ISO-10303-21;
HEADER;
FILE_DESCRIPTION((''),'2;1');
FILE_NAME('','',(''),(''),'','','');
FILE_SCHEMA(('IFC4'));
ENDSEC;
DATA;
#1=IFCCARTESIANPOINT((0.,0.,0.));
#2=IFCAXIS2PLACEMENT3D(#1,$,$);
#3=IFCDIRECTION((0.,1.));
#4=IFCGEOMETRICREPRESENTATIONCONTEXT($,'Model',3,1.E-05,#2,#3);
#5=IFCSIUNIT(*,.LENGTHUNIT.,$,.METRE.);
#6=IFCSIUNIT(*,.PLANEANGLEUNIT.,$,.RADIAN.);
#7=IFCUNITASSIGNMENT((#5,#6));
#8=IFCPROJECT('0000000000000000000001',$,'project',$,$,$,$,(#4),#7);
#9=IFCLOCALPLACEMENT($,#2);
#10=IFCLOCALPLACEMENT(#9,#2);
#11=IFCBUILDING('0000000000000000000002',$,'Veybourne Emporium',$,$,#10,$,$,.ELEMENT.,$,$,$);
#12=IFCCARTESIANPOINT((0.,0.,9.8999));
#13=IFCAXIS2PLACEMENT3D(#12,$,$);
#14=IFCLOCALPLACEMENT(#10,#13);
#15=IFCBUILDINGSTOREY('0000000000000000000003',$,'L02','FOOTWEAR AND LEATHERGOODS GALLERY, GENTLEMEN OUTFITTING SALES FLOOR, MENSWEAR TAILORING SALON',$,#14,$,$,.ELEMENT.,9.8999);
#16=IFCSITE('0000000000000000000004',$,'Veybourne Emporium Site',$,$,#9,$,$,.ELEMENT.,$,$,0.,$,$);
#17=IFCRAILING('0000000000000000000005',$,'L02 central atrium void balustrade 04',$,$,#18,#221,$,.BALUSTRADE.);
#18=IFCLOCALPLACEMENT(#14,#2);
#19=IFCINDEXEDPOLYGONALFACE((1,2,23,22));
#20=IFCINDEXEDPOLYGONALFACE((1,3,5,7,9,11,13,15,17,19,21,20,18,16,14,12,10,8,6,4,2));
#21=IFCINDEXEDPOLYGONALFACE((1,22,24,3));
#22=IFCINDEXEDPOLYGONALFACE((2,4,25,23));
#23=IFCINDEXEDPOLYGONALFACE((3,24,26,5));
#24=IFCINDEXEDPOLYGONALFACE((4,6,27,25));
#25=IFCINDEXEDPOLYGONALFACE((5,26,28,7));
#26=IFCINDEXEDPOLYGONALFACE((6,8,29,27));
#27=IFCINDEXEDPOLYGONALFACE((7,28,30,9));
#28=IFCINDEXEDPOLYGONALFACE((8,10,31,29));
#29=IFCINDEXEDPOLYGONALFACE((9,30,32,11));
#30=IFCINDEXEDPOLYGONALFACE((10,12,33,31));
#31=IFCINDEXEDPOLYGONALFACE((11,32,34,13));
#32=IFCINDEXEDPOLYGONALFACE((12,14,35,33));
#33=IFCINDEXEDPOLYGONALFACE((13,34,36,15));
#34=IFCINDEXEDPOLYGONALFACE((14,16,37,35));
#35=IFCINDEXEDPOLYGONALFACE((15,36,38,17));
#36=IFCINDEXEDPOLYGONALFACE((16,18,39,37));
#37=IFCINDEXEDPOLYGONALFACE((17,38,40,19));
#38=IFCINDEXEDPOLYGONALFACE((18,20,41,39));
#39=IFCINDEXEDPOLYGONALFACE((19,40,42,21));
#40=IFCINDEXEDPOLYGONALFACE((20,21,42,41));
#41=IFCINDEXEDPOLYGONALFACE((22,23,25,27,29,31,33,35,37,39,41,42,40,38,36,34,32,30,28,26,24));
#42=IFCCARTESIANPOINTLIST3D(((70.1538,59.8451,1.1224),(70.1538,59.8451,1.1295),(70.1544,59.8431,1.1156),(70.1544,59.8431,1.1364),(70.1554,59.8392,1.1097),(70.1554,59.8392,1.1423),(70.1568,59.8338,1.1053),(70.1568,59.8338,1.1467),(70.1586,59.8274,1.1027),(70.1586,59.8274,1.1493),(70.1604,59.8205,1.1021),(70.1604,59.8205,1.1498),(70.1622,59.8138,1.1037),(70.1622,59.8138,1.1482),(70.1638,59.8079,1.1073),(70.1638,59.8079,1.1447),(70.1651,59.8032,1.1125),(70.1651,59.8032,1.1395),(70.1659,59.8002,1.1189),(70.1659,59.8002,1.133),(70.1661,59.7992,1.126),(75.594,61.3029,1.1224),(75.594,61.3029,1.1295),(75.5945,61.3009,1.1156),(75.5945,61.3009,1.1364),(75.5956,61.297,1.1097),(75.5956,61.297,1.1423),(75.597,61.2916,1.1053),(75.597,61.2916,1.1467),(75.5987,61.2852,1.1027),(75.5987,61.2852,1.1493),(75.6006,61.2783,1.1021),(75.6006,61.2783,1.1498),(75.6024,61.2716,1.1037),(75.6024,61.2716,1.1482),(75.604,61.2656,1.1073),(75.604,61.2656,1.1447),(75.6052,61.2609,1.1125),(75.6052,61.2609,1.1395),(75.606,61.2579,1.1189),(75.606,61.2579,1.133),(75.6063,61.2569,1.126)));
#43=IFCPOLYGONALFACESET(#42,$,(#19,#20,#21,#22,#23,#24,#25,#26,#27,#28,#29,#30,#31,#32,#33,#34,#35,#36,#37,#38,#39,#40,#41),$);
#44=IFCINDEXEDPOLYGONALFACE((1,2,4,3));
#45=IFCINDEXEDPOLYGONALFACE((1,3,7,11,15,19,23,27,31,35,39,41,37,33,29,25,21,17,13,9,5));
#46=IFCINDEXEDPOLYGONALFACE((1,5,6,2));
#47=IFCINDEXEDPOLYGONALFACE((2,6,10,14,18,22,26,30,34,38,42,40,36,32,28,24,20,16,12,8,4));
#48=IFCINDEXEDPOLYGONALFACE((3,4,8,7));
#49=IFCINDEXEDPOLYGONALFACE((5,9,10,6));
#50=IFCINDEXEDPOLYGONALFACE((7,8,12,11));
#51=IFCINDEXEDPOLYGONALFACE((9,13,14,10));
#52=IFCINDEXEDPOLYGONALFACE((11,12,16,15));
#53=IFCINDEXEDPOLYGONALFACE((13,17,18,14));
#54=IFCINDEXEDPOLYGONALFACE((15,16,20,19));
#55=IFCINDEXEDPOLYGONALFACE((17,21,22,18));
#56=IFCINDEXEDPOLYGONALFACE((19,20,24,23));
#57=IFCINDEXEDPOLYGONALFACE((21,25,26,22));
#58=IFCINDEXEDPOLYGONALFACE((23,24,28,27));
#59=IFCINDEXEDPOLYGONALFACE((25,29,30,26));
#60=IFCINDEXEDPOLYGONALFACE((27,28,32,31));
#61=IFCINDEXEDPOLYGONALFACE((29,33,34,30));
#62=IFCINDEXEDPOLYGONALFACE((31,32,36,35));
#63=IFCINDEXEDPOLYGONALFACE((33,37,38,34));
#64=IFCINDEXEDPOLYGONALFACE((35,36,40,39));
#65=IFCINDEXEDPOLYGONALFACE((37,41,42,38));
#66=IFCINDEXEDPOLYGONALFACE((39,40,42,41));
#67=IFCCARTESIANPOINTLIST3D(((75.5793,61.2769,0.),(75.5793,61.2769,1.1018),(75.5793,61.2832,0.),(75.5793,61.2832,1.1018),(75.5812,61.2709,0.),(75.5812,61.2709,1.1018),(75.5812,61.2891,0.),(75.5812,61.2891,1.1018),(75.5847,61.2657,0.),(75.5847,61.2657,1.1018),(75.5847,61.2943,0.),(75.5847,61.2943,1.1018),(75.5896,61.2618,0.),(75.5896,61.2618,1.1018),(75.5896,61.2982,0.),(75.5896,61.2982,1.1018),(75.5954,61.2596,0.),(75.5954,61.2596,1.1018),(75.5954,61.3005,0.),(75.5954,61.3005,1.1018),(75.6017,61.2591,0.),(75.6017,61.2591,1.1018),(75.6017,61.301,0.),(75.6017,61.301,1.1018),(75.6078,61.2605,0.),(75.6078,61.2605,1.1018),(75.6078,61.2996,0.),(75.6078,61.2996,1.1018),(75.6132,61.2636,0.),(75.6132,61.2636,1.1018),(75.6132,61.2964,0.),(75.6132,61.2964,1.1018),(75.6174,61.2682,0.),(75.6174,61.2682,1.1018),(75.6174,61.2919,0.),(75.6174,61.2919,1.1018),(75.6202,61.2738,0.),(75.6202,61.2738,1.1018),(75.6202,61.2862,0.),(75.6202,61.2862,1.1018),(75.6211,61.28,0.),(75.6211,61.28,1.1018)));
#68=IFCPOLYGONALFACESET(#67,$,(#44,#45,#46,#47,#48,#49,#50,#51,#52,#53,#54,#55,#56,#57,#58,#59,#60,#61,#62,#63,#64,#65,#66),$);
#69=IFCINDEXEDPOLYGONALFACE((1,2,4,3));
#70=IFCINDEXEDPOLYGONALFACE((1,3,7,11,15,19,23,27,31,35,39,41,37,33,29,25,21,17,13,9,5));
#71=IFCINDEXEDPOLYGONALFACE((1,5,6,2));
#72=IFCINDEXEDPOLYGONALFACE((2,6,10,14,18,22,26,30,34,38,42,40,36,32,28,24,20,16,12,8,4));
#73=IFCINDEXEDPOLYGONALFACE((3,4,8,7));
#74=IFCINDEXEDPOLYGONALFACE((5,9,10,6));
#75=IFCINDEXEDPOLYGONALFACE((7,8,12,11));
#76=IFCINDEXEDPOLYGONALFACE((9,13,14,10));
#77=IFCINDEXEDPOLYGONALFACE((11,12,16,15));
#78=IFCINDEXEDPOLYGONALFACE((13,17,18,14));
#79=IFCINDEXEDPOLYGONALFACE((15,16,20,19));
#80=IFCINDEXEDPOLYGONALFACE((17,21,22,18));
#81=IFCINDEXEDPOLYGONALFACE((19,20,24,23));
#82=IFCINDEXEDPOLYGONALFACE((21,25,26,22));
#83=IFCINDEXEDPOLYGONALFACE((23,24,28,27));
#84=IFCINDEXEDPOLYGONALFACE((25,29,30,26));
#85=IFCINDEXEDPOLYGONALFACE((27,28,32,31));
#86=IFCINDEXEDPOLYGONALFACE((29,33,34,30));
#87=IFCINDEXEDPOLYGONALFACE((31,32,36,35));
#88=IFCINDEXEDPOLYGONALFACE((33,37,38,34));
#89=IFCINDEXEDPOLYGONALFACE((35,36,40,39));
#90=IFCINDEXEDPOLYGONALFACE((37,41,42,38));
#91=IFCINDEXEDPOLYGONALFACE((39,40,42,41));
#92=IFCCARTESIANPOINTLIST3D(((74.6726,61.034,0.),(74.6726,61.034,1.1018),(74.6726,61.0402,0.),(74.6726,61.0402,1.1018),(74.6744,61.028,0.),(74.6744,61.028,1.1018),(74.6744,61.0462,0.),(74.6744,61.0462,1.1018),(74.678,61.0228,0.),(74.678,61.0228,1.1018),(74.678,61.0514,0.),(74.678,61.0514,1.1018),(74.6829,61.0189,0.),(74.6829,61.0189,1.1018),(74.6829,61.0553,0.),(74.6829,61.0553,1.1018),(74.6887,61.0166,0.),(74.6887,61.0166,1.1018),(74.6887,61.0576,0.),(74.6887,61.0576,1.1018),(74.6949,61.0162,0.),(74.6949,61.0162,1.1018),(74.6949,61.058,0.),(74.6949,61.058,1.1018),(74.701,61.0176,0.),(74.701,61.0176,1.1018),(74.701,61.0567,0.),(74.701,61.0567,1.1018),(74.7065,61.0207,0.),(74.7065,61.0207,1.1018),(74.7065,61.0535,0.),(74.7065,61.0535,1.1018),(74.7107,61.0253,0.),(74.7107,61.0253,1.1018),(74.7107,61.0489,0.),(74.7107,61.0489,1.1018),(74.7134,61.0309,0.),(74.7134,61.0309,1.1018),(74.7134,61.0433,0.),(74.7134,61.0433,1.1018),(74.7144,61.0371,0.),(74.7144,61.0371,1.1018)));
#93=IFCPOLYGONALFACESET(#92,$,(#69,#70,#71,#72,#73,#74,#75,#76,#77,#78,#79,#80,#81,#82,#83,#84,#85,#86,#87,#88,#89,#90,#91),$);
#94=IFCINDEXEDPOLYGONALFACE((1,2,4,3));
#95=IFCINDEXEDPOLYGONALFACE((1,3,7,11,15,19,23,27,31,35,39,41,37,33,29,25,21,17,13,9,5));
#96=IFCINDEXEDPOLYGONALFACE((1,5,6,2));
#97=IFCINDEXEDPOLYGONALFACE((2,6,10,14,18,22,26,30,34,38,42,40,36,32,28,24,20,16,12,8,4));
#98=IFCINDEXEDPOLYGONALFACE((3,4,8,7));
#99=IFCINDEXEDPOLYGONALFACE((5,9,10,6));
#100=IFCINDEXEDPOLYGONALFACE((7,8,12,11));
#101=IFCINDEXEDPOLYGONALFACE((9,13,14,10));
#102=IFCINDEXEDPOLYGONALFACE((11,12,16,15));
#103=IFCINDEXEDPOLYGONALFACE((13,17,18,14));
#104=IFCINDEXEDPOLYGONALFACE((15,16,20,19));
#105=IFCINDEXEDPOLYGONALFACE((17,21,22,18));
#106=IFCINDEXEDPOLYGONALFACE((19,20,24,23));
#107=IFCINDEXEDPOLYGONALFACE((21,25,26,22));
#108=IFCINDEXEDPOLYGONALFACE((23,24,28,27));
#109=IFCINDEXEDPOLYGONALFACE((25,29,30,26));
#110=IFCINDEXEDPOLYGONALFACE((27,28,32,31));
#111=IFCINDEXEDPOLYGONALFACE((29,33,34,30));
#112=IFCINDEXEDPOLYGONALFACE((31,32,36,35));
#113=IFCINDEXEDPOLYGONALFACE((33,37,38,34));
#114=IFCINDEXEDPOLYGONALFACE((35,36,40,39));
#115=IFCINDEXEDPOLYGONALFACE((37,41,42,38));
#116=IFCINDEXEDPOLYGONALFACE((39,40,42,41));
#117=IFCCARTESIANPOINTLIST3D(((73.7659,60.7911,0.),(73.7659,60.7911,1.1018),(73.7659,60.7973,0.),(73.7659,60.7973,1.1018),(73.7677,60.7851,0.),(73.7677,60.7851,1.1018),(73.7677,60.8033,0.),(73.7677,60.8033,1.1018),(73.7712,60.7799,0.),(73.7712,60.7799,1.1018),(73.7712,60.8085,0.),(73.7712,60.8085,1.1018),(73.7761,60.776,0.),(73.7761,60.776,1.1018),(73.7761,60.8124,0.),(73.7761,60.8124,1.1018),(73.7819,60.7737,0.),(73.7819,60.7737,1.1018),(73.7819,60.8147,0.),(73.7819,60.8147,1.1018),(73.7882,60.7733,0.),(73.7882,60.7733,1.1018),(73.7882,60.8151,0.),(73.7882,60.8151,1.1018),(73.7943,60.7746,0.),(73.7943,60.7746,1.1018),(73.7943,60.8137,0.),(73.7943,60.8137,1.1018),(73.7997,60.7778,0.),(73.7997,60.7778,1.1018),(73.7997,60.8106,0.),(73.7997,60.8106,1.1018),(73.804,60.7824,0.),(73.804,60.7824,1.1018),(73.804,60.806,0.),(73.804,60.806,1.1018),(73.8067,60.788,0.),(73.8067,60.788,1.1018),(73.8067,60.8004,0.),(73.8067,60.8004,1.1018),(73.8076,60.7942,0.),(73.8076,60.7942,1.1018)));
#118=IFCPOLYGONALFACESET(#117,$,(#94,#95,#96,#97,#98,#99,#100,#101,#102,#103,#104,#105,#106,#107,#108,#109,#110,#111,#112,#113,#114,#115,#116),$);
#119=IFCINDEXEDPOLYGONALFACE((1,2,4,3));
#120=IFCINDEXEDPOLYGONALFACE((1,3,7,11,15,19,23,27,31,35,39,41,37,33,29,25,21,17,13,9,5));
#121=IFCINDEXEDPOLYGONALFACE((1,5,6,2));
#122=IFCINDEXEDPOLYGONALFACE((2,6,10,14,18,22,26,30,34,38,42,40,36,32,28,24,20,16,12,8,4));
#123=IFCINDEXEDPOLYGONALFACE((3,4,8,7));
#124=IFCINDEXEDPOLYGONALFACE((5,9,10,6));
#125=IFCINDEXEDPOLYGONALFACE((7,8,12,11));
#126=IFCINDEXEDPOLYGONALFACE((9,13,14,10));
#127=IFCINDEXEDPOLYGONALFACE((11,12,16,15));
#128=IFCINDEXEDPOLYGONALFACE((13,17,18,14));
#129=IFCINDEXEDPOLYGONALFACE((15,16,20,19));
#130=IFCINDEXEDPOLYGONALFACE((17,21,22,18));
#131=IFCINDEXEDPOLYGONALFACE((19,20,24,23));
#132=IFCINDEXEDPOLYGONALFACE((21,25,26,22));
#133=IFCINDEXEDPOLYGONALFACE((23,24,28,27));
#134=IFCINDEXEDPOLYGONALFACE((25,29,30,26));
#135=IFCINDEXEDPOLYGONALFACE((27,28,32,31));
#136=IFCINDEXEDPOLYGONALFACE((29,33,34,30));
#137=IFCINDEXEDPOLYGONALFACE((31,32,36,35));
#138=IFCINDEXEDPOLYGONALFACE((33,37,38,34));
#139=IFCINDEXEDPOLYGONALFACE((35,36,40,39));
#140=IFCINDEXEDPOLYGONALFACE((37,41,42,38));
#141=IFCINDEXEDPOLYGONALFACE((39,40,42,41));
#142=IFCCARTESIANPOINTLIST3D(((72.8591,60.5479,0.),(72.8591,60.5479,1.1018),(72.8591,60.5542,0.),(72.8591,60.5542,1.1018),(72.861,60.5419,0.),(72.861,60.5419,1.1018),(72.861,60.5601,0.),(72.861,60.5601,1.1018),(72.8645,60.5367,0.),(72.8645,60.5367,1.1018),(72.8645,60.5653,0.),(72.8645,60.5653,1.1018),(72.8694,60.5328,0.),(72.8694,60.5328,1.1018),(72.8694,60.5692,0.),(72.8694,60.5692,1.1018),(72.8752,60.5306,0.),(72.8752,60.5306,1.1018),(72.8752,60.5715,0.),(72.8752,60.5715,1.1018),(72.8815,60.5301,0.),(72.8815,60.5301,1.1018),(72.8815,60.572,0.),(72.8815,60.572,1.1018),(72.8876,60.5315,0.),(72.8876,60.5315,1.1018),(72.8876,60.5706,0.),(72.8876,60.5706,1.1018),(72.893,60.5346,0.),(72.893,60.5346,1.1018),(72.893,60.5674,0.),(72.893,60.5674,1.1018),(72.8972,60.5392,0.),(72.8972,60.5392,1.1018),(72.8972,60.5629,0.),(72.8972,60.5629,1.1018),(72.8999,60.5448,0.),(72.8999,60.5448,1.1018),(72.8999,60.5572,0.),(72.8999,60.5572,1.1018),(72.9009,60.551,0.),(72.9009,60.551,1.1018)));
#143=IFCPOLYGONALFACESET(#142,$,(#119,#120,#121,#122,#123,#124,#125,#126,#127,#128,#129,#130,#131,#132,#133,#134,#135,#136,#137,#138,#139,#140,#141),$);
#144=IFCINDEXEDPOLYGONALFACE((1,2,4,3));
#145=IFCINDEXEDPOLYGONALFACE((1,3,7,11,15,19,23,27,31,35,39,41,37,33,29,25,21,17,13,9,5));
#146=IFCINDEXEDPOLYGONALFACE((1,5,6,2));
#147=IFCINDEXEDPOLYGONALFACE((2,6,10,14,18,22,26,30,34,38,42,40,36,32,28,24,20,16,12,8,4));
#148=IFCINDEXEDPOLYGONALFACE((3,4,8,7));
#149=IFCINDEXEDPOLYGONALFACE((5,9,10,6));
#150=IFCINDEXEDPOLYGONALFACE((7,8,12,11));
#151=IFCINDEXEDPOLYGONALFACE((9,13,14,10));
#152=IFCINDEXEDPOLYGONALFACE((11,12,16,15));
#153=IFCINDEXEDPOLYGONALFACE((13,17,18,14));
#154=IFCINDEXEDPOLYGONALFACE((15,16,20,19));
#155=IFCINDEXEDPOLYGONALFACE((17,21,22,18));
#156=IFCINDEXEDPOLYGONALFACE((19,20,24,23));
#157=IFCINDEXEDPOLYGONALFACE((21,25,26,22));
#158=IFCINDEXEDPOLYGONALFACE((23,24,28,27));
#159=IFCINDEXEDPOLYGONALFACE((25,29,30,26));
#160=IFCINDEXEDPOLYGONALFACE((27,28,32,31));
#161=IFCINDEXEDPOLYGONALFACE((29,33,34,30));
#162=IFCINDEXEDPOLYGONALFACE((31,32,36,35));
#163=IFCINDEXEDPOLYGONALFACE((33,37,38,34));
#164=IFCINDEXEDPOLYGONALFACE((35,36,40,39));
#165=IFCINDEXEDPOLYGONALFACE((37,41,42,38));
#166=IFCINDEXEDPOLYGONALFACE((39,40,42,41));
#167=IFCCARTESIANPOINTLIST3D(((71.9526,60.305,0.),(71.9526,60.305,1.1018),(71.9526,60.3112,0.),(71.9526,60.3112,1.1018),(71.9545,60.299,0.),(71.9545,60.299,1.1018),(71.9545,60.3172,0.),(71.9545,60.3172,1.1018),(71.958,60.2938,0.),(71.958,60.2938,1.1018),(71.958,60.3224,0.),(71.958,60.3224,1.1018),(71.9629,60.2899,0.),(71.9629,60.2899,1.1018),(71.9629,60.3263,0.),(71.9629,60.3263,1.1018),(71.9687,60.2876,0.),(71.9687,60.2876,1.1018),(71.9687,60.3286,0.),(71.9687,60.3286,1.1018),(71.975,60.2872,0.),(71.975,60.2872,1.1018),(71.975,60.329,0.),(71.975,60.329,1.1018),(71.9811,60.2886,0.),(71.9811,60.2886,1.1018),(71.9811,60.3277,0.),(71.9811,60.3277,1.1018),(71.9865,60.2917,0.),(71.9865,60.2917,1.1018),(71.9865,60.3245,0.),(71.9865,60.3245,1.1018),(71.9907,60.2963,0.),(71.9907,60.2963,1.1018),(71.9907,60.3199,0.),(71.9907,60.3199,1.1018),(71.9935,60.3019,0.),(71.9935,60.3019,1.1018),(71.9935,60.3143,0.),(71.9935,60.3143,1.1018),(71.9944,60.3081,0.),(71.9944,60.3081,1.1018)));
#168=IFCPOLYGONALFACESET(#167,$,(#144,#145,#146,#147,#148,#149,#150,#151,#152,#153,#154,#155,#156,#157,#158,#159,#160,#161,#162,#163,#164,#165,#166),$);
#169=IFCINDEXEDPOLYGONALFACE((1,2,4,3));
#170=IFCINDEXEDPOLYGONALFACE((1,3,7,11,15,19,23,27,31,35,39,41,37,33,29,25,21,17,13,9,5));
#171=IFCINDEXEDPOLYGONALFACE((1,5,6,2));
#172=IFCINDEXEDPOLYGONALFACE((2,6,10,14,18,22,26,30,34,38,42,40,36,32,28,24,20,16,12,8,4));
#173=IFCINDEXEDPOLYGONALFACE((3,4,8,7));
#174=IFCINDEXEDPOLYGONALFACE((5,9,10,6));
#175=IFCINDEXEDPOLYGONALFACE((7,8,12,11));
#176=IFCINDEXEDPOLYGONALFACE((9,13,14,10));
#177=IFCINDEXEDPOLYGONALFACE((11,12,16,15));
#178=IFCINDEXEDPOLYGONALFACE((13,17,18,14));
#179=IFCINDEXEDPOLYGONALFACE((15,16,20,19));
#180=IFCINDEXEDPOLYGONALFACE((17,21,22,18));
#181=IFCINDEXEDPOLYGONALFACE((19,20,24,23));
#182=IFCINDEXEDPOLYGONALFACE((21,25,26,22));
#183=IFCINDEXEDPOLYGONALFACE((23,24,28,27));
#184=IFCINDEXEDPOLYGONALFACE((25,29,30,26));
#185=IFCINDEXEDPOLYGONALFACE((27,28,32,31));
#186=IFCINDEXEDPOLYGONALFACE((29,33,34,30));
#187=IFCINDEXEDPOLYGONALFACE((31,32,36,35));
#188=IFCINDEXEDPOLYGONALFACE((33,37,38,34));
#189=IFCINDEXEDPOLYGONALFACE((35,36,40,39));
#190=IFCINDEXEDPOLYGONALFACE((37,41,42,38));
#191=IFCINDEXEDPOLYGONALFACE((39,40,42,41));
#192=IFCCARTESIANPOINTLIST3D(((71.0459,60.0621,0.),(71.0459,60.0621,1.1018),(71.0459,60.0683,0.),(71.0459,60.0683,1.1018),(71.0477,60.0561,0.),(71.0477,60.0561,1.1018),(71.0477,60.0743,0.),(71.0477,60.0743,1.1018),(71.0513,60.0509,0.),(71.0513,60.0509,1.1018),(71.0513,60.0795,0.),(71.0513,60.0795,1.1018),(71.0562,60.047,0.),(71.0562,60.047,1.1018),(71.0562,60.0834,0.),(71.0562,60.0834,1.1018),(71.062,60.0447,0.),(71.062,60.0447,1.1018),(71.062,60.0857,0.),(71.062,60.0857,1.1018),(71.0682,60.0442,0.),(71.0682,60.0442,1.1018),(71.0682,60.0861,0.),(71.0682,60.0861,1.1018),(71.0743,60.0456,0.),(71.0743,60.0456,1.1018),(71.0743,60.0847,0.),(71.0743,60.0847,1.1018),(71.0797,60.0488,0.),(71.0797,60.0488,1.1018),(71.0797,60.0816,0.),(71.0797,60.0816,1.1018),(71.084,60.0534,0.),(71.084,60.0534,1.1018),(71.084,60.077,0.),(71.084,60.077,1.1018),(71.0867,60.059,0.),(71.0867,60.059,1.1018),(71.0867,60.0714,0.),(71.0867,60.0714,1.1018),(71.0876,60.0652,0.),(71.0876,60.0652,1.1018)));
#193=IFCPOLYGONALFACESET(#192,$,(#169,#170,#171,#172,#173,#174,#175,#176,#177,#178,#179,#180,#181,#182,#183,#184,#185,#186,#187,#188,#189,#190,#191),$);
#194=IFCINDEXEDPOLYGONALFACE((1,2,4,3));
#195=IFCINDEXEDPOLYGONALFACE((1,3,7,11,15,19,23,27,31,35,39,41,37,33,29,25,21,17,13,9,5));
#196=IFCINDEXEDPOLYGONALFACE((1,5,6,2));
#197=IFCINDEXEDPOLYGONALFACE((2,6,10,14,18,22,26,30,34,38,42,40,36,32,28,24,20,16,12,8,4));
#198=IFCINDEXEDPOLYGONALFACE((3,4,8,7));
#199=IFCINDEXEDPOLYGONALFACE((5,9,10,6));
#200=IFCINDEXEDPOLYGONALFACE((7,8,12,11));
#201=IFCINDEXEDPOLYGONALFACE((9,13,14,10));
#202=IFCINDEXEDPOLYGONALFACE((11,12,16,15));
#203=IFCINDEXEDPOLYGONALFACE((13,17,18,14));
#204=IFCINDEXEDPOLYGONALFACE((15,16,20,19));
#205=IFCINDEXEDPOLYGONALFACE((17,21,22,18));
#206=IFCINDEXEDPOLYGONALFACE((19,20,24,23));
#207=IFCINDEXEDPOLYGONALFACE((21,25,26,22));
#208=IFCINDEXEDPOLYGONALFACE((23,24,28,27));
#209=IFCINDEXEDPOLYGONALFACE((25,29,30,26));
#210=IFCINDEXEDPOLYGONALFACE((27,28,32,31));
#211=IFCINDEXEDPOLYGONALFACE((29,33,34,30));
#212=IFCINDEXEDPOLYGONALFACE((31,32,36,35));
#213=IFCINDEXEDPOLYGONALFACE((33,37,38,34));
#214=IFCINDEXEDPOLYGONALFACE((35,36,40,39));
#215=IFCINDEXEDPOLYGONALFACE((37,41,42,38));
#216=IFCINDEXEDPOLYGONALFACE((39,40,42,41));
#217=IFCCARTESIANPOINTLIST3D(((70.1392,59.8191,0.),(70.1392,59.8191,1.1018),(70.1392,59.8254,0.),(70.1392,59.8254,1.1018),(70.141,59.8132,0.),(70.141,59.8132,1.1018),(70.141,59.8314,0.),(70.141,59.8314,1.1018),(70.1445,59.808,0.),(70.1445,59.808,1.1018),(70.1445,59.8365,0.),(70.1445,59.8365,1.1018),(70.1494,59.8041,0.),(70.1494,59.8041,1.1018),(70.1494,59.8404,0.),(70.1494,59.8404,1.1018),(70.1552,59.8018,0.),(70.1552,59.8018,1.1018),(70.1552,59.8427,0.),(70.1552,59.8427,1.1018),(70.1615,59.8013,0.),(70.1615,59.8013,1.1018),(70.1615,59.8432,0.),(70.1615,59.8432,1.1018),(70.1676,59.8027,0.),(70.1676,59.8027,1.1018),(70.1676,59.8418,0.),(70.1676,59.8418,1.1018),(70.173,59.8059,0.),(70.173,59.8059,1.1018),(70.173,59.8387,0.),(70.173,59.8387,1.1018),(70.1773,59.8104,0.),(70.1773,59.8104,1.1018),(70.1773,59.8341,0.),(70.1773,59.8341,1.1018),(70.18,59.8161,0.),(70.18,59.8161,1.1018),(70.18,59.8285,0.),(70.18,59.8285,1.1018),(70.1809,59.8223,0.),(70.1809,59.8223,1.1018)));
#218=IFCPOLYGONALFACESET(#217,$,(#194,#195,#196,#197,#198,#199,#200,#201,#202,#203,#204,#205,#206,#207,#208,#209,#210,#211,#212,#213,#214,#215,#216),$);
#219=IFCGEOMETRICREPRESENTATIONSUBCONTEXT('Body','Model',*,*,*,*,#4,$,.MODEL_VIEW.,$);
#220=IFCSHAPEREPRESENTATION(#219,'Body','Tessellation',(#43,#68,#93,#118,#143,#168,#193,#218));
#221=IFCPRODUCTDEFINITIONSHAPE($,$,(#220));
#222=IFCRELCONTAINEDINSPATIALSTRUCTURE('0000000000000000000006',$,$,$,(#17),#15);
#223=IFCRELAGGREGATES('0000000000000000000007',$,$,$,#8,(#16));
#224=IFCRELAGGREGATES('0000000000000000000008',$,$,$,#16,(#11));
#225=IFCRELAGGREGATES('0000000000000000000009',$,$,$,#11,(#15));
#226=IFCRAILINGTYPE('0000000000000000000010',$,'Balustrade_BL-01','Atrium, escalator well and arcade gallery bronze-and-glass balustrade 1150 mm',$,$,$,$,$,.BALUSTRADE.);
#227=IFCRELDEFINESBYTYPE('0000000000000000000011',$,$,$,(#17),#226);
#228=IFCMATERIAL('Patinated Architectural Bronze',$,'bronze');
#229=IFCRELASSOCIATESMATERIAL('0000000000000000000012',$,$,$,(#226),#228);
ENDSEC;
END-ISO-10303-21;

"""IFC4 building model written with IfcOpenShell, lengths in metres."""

from ifc_helpers import new_model, si_unit, direction, frame, origin, origin_2d, place, context, subcontext, project, spatial, circle, extrude, material, type_object, element, save


model = new_model("IFC4")

# Units and contexts
model_context = context("Model", 3, precision=1e-05, world=origin(), true_north=direction((0.0, 1.0)))
body_context = subcontext(model_context, "Body", "Model", "MODEL_VIEW")
ifc_project = project(units=[si_unit("LENGTHUNIT", "METRE"), si_unit("PLANEANGLEUNIT", "RADIAN")], contexts=[model_context])

# Site, building, storey
site_placement = place(None, origin())
site = spatial("IfcSite", under=ifc_project, at=site_placement, Name="Veybourne Emporium Site", CompositionType="ELEMENT", RefElevation=0.0)
building_placement = place(site_placement, origin())
building = spatial("IfcBuilding", under=site, at=building_placement, Name="Veybourne Emporium", CompositionType="ELEMENT")
storey_placement = place(building_placement, frame((0.0, 0.0, 9.8999)))
storey = spatial("IfcBuildingStorey", under=building, at=storey_placement, Name="L02", Description="FOOTWEAR AND LEATHERGOODS GALLERY, GENTLEMEN OUTFITTING SALES FLOOR, MENSWEAR TAILORING SALON", CompositionType="ELEMENT", Elevation=9.8999)

# Railing
ifc_material_1 = material(Name="Patinated Architectural Bronze", Category="bronze")
railing_type = type_object("IfcRailingType", Name="Balustrade_BL-01", Description="Atrium, escalator well and arcade gallery bronze-and-glass balustrade 1150 mm", PredefinedType="BALUSTRADE", material=ifc_material_1)
railing_1_placement = place(storey_placement, frame((75.6001, 61.28, 0.0)))
element("IfcRailing", 1, at=railing_1_placement, inside=storey, type_object=railing_type, Name="L02 central atrium void balustrade 04", PredefinedType="BALUSTRADE", context=body_context, shape_type="SweptSolid", body=[
    extrude(circle(Radius=0.0239, at=origin_2d()), frame((0.0, 0.0, 1.126), z_axis=(-0.965923, -0.258831, 0.0), x_axis=(0.258831, -0.965923, 0.0)), (0.0, 0.0, 1.0), 5.6321),
    extrude(circle(Radius=0.021, at=origin_2d()), origin(), (0.0, 0.0, 1.0), 1.1018),
    extrude(circle(Radius=0.021, at=origin_2d()), frame((-0.9067, -0.2429, 0.0)), (0.0, 0.0, 1.0), 1.1018),
    extrude(circle(Radius=0.021, at=origin_2d()), frame((-1.8135, -0.4858, 0.0)), (0.0, 0.0, 1.0), 1.1018),
    extrude(circle(Radius=0.021, at=origin_2d()), frame((-2.7202, -0.729, 0.0)), (0.0, 0.0, 1.0), 1.1018),
    extrude(circle(Radius=0.021, at=origin_2d()), frame((-3.6267, -0.9719, 0.0)), (0.0, 0.0, 1.0), 1.1018),
    extrude(circle(Radius=0.021, at=origin_2d()), frame((-4.5334, -1.2148, 0.0)), (0.0, 0.0, 1.0), 1.1018),
    extrude(circle(Radius=0.021, at=origin_2d()), frame((-5.4402, -1.4578, 0.0)), (0.0, 0.0, 1.0), 1.1018),
])

save(model, "model.ifc")
